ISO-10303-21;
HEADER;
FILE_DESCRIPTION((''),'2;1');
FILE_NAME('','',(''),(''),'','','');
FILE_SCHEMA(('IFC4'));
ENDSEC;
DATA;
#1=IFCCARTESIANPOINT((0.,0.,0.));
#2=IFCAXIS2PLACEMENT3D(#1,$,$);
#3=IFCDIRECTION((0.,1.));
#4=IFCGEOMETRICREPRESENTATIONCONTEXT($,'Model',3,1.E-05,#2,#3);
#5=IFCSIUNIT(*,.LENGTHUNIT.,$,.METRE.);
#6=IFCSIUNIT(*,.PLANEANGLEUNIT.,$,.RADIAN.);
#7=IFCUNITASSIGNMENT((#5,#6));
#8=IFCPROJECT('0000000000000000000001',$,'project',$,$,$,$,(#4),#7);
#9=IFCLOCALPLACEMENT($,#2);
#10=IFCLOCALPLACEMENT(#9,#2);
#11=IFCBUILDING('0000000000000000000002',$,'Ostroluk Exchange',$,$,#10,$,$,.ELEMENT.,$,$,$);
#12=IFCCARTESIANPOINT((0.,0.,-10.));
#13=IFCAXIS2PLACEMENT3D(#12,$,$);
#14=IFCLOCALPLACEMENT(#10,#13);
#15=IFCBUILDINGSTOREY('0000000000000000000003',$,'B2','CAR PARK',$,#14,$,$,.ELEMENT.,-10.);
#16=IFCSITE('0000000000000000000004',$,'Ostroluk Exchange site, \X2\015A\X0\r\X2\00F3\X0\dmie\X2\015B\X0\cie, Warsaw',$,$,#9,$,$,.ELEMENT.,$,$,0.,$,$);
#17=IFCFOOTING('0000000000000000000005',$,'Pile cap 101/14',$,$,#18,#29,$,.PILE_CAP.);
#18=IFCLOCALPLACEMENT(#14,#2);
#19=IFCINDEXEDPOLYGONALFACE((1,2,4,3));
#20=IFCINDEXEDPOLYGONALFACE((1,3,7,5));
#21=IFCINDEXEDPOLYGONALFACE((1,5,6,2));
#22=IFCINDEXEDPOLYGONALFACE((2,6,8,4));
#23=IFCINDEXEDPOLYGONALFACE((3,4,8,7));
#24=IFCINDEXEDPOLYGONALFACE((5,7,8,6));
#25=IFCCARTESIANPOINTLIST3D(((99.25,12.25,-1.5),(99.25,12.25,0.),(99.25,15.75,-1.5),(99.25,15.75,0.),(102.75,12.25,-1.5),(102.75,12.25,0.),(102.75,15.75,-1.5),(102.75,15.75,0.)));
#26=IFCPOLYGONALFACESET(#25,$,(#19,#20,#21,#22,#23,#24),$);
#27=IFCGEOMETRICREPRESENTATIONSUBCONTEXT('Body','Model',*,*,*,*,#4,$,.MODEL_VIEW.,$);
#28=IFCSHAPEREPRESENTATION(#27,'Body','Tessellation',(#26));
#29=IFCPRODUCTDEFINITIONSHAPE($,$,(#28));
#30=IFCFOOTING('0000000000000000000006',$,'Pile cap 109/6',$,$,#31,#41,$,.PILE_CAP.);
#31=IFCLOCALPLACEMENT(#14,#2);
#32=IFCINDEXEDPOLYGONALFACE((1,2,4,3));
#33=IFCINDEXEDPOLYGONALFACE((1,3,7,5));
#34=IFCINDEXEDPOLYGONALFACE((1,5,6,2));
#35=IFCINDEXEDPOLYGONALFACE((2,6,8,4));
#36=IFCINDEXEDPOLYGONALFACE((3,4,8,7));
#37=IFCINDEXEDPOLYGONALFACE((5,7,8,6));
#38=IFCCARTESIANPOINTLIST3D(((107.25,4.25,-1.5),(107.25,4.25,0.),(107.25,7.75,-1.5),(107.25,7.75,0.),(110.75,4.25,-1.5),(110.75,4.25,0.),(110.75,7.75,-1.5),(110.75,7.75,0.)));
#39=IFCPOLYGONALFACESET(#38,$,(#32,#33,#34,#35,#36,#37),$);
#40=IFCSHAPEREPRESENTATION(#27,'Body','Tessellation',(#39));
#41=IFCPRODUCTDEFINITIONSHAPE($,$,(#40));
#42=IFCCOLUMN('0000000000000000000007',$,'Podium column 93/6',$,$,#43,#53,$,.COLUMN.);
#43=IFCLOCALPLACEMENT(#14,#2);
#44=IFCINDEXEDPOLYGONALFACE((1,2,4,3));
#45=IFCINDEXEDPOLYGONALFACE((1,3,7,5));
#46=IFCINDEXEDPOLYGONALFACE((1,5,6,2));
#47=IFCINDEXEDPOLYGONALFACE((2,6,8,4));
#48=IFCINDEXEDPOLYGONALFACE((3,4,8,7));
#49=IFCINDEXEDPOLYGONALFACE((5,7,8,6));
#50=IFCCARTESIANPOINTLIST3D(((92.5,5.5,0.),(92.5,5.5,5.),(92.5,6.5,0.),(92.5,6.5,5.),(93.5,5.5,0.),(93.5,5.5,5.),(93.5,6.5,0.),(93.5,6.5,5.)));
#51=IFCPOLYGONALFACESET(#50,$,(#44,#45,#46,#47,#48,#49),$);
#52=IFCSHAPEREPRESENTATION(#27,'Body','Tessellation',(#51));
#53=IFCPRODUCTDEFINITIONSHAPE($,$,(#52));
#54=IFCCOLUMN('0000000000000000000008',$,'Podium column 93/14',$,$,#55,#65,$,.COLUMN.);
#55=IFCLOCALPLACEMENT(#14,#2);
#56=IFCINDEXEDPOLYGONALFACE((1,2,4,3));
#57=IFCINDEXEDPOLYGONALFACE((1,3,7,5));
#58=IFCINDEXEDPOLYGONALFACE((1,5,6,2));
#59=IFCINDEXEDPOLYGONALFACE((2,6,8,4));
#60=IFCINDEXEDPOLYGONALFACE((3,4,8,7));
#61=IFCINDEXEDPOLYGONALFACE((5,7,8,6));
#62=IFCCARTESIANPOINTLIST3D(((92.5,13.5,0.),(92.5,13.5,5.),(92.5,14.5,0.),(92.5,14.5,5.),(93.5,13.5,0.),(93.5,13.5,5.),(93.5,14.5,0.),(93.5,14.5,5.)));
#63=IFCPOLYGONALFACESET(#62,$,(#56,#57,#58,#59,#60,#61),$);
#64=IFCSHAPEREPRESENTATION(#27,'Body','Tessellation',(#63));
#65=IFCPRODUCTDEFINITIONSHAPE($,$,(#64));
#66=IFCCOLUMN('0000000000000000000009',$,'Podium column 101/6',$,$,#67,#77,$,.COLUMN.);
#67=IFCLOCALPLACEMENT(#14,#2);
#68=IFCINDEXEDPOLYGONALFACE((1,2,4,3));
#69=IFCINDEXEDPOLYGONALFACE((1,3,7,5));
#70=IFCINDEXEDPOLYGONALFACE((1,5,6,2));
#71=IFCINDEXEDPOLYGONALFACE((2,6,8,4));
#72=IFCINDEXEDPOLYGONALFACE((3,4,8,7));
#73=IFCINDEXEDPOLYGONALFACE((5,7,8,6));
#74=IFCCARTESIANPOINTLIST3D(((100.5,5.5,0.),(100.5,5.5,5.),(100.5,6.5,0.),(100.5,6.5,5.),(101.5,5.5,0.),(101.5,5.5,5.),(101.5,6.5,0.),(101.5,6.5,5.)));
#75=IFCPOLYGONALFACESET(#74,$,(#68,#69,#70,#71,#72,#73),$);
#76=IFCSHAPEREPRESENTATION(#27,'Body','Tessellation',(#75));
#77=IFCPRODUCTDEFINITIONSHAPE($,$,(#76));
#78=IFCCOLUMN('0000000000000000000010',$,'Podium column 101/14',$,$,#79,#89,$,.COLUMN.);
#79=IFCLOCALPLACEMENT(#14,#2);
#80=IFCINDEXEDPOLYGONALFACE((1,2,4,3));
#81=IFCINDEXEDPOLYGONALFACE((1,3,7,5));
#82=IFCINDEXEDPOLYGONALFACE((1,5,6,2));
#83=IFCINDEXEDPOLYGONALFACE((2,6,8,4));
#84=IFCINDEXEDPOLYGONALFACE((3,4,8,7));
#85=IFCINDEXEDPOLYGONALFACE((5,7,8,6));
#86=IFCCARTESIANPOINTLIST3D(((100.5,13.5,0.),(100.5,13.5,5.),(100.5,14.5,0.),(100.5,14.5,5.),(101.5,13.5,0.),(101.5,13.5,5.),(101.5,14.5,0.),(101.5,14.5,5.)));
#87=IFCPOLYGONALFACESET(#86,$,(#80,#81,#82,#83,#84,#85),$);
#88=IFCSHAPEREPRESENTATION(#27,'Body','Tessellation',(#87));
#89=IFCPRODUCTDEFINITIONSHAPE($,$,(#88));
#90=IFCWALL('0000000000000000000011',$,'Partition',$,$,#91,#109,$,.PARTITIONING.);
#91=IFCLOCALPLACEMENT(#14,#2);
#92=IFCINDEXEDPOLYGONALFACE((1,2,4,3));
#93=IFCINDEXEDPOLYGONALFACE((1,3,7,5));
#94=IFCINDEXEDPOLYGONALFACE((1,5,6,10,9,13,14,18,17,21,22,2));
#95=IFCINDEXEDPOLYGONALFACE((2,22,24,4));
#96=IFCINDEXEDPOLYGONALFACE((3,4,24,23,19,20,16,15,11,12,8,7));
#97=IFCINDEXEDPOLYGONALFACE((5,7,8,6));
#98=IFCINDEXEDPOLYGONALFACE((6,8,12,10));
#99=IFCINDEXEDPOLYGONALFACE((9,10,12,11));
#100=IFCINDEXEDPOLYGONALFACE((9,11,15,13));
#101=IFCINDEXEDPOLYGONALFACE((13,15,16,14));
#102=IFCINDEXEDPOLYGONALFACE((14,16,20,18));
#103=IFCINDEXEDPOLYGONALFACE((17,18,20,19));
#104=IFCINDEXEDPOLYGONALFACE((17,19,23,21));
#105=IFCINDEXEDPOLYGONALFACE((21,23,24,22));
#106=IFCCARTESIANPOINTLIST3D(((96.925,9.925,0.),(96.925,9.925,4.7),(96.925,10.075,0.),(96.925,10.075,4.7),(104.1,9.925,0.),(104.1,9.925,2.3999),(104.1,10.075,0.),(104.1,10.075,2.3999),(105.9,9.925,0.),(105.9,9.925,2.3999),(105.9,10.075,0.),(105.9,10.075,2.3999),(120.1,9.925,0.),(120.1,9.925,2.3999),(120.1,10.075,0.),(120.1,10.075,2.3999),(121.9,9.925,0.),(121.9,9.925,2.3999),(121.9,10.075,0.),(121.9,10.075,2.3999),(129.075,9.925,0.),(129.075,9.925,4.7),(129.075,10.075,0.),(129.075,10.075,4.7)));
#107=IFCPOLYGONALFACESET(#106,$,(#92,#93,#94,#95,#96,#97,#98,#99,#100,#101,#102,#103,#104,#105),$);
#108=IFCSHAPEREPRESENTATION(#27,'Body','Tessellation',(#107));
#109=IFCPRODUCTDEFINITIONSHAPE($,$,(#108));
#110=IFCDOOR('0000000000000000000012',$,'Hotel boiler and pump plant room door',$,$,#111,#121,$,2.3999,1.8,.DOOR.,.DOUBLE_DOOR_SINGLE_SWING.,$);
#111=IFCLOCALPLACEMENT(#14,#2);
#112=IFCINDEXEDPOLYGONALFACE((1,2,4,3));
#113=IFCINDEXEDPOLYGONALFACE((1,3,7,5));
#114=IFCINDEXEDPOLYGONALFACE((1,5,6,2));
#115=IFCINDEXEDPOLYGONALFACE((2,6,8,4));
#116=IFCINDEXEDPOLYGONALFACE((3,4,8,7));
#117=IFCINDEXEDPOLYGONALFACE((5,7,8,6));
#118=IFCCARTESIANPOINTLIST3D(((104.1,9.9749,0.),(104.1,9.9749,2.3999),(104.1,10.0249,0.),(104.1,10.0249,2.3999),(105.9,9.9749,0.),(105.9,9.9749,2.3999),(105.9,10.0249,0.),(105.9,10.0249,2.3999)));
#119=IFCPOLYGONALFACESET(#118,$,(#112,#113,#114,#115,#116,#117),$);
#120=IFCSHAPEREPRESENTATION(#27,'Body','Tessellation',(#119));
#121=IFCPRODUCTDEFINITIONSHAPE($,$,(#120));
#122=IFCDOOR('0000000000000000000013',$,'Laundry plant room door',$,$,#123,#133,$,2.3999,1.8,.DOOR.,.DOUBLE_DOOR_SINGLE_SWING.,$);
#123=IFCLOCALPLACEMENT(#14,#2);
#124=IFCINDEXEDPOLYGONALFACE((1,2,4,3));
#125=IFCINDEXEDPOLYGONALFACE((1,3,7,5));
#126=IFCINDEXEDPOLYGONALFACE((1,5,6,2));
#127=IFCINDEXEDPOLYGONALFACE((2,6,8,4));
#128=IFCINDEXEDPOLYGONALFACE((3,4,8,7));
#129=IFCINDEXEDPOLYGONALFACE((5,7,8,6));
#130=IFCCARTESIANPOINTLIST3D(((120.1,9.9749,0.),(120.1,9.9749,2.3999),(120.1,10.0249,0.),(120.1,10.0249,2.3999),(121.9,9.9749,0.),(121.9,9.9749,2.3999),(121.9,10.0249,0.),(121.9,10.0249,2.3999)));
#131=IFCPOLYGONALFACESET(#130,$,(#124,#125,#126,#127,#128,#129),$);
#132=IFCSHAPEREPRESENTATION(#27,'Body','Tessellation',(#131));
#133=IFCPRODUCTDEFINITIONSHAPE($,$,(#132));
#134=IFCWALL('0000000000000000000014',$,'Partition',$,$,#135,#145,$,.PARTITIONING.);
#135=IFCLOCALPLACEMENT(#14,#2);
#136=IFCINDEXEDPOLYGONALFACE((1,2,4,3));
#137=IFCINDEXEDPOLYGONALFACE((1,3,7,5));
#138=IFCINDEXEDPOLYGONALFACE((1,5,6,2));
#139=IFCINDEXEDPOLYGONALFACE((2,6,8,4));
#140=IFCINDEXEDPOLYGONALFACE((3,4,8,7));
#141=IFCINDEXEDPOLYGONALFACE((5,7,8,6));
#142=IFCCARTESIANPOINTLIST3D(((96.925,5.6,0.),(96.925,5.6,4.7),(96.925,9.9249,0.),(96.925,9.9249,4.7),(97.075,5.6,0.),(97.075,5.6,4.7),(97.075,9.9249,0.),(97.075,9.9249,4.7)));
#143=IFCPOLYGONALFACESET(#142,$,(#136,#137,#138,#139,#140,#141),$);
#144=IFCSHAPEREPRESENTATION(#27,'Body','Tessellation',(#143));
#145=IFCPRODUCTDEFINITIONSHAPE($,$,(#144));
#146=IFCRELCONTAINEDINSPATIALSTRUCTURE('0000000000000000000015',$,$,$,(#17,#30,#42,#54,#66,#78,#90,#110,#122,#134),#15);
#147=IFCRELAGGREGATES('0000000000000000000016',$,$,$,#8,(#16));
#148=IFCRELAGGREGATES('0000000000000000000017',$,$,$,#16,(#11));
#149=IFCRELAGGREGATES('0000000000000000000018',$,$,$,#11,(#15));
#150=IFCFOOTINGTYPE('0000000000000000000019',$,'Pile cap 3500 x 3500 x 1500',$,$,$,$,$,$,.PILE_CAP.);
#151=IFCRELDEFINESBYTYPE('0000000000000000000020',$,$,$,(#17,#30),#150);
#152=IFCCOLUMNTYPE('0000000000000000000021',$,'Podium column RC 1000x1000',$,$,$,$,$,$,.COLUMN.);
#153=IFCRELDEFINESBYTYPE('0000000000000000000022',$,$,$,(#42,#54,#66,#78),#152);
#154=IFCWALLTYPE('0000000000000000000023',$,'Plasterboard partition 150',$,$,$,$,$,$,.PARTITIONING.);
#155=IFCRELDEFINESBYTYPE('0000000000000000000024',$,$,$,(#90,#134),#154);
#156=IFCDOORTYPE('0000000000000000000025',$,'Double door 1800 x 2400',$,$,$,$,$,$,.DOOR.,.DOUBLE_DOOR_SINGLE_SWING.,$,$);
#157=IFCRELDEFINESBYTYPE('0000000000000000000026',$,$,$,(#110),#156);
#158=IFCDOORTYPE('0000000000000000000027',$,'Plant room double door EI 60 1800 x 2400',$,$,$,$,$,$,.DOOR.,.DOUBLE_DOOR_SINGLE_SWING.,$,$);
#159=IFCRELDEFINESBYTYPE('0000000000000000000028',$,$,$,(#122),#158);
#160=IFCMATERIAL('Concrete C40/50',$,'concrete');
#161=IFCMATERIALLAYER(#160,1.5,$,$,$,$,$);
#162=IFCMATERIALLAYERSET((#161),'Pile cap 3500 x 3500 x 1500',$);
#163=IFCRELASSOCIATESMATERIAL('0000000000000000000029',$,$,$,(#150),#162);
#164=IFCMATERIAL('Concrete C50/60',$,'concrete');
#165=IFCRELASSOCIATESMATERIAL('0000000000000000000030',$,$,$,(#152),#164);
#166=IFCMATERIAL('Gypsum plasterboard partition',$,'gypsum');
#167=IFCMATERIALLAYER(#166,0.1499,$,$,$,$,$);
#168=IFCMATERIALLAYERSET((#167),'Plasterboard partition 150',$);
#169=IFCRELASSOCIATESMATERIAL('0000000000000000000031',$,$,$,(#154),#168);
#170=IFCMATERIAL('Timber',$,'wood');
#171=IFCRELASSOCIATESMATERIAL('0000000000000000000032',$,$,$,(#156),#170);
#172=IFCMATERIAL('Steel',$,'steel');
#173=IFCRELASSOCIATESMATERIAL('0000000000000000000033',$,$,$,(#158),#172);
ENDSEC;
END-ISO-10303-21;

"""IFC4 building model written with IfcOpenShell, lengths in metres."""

from ifc_helpers import new_model, si_unit, direction, frame, frame_2d, origin, origin_2d, place, context, subcontext, project, spatial, rectangle, extrude, material, layer, layer_set, material_profile, profile_set, type_object, element, fill, save


model = new_model("IFC4")

# Units and contexts
model_context = context("Model", 3, precision=1e-05, world=origin(), true_north=direction((0.0, 1.0)))
body_context = subcontext(model_context, "Body", "Model", "MODEL_VIEW")
ifc_project = project(units=[si_unit("LENGTHUNIT", "METRE"), si_unit("PLANEANGLEUNIT", "RADIAN")], contexts=[model_context])

# Site, building, storey
site_placement = place(None, origin())
site = spatial("IfcSite", under=ifc_project, at=site_placement, Name="Ostroluk Exchange site, Śródmieście, Warsaw", CompositionType="ELEMENT", RefElevation=0.0)
building_placement = place(site_placement, origin())
building = spatial("IfcBuilding", under=site, at=building_placement, Name="Ostroluk Exchange", CompositionType="ELEMENT")
storey_placement = place(building_placement, frame((0.0, 0.0, -10.0)))
storey = spatial("IfcBuildingStorey", under=building, at=storey_placement, Name="B2", Description="CAR PARK", CompositionType="ELEMENT", Elevation=-10.0)

# Footings
ifc_material_1 = material(Name="Concrete C40/50", Category="concrete")
ifc_layer_1 = layer(ifc_material_1, 1.5)
ifc_layer_set_1 = layer_set([ifc_layer_1], Name="Pile cap 3500 x 3500 x 1500")
footing_type = type_object("IfcFootingType", Name="Pile cap 3500 x 3500 x 1500", PredefinedType="PILE_CAP", material=ifc_layer_set_1)
for number, where, z_axis, x_axis, name in (
    (1, (101.0, 14.0, -1.5), (0.0, 0.0, 1.0), (1.0, 0.0, 0.0), "Pile cap 101/14"),
    (2, (109.0, 6.0, -1.5), (0.0, 0.0, 1.0), (1.0, 0.0, 0.0), "Pile cap 109/6"),
):
    element("IfcFooting", number, at=place(storey_placement, frame(where, z_axis=z_axis, x_axis=x_axis)), inside=storey, type_object=footing_type, Name=name, PredefinedType="PILE_CAP", context=body_context, shape_type="SweptSolid", body=[
        extrude(rectangle(XDim=3.5, YDim=3.5, at=origin_2d()), origin(), (0.0, 0.0, 1.0), 1.5),
    ])

# Columns
ifc_material_2 = material(Name="Concrete C50/60", Category="concrete")
ifc_material_profile = material_profile(ifc_material_2, rectangle(XDim=1.0, YDim=1.0, at=origin_2d()), Name="RC 1000x1000")
ifc_profile_set = profile_set([ifc_material_profile], Name="Concrete C50/60")
column_type = type_object("IfcColumnType", Name="Podium column RC 1000x1000", PredefinedType="COLUMN", material=ifc_profile_set)
for number, where, z_axis, x_axis, name in (
    (3, (93.0, 6.0, 0.0), (0.0, 0.0, 1.0), (1.0, 0.0, 0.0), "Podium column 93/6"),
    (4, (93.0, 14.0, 0.0), (0.0, 0.0, 1.0), (1.0, 0.0, 0.0), "Podium column 93/14"),
    (5, (101.0, 6.0, 0.0), (0.0, 0.0, 1.0), (1.0, 0.0, 0.0), "Podium column 101/6"),
    (6, (101.0, 14.0, 0.0), (0.0, 0.0, 1.0), (1.0, 0.0, 0.0), "Podium column 101/14"),
):
    element("IfcColumn", number, at=place(storey_placement, frame(where, z_axis=z_axis, x_axis=x_axis)), inside=storey, type_object=column_type, Name=name, PredefinedType="COLUMN", context=body_context, shape_type="SweptSolid", body=[
        extrude(rectangle(XDim=1.0, YDim=1.0, at=origin_2d()), origin(), (0.0, 0.0, 1.0), 5.0),
    ])

# Wall, openings, doors
ifc_material_3 = material(Name="Gypsum plasterboard partition", Category="gypsum")
ifc_layer_2 = layer(ifc_material_3, 0.1499)
ifc_layer_set_2 = layer_set([ifc_layer_2], Name="Plasterboard partition 150")
wall_type = type_object("IfcWallType", Name="Plasterboard partition 150", PredefinedType="PARTITIONING", material=ifc_layer_set_2)
wall_1_placement = place(storey_placement, frame((96.925, 10.0, 0.0), z_axis=(0.0, 0.0, 1.0), x_axis=(1.0, 0.0, 0.0)))
wall_1 = element("IfcWall", 7, at=wall_1_placement, inside=storey, type_object=wall_type, Name="Partition", PredefinedType="PARTITIONING", context=body_context, shape_type="SweptSolid", body=[
    extrude(rectangle(XDim=32.1499, YDim=0.1499, at=frame_2d((16.075, 0.0))), origin(), (0.0, 0.0, 1.0), 4.7),
])
opening_1_placement = place(wall_1_placement, frame((7.175, 0.0, 0.0)))
opening_1 = element("IfcOpeningElement", 8, at=opening_1_placement, cuts=wall_1, PredefinedType="OPENING", context=body_context, shape_type="SweptSolid", body=[
    extrude(rectangle(XDim=1.8, YDim=2.3999, at=frame_2d((0.8999, 1.2))), frame((0.0, 0.085, 0.0), z_axis=(0.0, -1.0, 0.0), x_axis=(1.0, 0.0, 0.0)), (0.0, 0.0, 1.0), 0.1699),
])
opening_2_placement = place(wall_1_placement, frame((23.175, 0.0, 0.0)))
opening_2 = element("IfcOpeningElement", 9, at=opening_2_placement, cuts=wall_1, PredefinedType="OPENING", context=body_context, shape_type="SweptSolid", body=[
    extrude(rectangle(XDim=1.8, YDim=2.3999, at=frame_2d((0.8999, 1.2))), frame((0.0, 0.085, 0.0), z_axis=(0.0, -1.0, 0.0), x_axis=(1.0, 0.0, 0.0)), (0.0, 0.0, 1.0), 0.1699),
])
ifc_material_4 = material(Name="Timber", Category="wood")
door_type_1 = type_object("IfcDoorType", Name="Double door 1800 x 2400", OperationType="DOUBLE_DOOR_SINGLE_SWING", PredefinedType="DOOR", material=ifc_material_4)
door_1_placement = place(opening_1_placement, origin())
door_1 = element("IfcDoor", 10, at=door_1_placement, inside=storey, type_object=door_type_1, Name="Hotel boiler and pump plant room door", OperationType="DOUBLE_DOOR_SINGLE_SWING", OverallHeight=2.3999, OverallWidth=1.8, PredefinedType="DOOR", context=body_context, shape_type="SweptSolid", body=[
    extrude(rectangle(XDim=1.8, YDim=2.3999, at=frame_2d((0.8999, 1.2))), frame((0.0, 0.0249, 0.0), z_axis=(0.0, -1.0, 0.0), x_axis=(1.0, 0.0, 0.0)), (0.0, 0.0, 1.0), 0.05),
])
fill(opening_1, door_1)
ifc_material_5 = material(Name="Steel", Category="steel")
door_type_2 = type_object("IfcDoorType", Name="Plant room double door EI 60 1800 x 2400", OperationType="DOUBLE_DOOR_SINGLE_SWING", PredefinedType="DOOR", material=ifc_material_5)
door_2_placement = place(opening_2_placement, origin())
door_2 = element("IfcDoor", 11, at=door_2_placement, inside=storey, type_object=door_type_2, Name="Laundry plant room door", OperationType="DOUBLE_DOOR_SINGLE_SWING", OverallHeight=2.3999, OverallWidth=1.8, PredefinedType="DOOR", context=body_context, shape_type="SweptSolid", body=[
    extrude(rectangle(XDim=1.8, YDim=2.3999, at=frame_2d((0.8999, 1.2))), frame((0.0, 0.0249, 0.0), z_axis=(0.0, -1.0, 0.0), x_axis=(1.0, 0.0, 0.0)), (0.0, 0.0, 1.0), 0.05),
])
fill(opening_2, door_2)

# Wall
wall_2_placement = place(storey_placement, frame((97.0, 9.925, 0.0), z_axis=(0.0, 0.0, 1.0), x_axis=(0.0, -1.0, 0.0)))
element("IfcWall", 12, at=wall_2_placement, inside=storey, type_object=wall_type, Name="Partition", PredefinedType="PARTITIONING", context=body_context, shape_type="SweptSolid", body=[
    extrude(rectangle(XDim=4.325, YDim=0.1499, at=frame_2d((2.1626, 0.0))), origin(), (0.0, 0.0, 1.0), 4.7),
])

save(model, "model.ifc")
